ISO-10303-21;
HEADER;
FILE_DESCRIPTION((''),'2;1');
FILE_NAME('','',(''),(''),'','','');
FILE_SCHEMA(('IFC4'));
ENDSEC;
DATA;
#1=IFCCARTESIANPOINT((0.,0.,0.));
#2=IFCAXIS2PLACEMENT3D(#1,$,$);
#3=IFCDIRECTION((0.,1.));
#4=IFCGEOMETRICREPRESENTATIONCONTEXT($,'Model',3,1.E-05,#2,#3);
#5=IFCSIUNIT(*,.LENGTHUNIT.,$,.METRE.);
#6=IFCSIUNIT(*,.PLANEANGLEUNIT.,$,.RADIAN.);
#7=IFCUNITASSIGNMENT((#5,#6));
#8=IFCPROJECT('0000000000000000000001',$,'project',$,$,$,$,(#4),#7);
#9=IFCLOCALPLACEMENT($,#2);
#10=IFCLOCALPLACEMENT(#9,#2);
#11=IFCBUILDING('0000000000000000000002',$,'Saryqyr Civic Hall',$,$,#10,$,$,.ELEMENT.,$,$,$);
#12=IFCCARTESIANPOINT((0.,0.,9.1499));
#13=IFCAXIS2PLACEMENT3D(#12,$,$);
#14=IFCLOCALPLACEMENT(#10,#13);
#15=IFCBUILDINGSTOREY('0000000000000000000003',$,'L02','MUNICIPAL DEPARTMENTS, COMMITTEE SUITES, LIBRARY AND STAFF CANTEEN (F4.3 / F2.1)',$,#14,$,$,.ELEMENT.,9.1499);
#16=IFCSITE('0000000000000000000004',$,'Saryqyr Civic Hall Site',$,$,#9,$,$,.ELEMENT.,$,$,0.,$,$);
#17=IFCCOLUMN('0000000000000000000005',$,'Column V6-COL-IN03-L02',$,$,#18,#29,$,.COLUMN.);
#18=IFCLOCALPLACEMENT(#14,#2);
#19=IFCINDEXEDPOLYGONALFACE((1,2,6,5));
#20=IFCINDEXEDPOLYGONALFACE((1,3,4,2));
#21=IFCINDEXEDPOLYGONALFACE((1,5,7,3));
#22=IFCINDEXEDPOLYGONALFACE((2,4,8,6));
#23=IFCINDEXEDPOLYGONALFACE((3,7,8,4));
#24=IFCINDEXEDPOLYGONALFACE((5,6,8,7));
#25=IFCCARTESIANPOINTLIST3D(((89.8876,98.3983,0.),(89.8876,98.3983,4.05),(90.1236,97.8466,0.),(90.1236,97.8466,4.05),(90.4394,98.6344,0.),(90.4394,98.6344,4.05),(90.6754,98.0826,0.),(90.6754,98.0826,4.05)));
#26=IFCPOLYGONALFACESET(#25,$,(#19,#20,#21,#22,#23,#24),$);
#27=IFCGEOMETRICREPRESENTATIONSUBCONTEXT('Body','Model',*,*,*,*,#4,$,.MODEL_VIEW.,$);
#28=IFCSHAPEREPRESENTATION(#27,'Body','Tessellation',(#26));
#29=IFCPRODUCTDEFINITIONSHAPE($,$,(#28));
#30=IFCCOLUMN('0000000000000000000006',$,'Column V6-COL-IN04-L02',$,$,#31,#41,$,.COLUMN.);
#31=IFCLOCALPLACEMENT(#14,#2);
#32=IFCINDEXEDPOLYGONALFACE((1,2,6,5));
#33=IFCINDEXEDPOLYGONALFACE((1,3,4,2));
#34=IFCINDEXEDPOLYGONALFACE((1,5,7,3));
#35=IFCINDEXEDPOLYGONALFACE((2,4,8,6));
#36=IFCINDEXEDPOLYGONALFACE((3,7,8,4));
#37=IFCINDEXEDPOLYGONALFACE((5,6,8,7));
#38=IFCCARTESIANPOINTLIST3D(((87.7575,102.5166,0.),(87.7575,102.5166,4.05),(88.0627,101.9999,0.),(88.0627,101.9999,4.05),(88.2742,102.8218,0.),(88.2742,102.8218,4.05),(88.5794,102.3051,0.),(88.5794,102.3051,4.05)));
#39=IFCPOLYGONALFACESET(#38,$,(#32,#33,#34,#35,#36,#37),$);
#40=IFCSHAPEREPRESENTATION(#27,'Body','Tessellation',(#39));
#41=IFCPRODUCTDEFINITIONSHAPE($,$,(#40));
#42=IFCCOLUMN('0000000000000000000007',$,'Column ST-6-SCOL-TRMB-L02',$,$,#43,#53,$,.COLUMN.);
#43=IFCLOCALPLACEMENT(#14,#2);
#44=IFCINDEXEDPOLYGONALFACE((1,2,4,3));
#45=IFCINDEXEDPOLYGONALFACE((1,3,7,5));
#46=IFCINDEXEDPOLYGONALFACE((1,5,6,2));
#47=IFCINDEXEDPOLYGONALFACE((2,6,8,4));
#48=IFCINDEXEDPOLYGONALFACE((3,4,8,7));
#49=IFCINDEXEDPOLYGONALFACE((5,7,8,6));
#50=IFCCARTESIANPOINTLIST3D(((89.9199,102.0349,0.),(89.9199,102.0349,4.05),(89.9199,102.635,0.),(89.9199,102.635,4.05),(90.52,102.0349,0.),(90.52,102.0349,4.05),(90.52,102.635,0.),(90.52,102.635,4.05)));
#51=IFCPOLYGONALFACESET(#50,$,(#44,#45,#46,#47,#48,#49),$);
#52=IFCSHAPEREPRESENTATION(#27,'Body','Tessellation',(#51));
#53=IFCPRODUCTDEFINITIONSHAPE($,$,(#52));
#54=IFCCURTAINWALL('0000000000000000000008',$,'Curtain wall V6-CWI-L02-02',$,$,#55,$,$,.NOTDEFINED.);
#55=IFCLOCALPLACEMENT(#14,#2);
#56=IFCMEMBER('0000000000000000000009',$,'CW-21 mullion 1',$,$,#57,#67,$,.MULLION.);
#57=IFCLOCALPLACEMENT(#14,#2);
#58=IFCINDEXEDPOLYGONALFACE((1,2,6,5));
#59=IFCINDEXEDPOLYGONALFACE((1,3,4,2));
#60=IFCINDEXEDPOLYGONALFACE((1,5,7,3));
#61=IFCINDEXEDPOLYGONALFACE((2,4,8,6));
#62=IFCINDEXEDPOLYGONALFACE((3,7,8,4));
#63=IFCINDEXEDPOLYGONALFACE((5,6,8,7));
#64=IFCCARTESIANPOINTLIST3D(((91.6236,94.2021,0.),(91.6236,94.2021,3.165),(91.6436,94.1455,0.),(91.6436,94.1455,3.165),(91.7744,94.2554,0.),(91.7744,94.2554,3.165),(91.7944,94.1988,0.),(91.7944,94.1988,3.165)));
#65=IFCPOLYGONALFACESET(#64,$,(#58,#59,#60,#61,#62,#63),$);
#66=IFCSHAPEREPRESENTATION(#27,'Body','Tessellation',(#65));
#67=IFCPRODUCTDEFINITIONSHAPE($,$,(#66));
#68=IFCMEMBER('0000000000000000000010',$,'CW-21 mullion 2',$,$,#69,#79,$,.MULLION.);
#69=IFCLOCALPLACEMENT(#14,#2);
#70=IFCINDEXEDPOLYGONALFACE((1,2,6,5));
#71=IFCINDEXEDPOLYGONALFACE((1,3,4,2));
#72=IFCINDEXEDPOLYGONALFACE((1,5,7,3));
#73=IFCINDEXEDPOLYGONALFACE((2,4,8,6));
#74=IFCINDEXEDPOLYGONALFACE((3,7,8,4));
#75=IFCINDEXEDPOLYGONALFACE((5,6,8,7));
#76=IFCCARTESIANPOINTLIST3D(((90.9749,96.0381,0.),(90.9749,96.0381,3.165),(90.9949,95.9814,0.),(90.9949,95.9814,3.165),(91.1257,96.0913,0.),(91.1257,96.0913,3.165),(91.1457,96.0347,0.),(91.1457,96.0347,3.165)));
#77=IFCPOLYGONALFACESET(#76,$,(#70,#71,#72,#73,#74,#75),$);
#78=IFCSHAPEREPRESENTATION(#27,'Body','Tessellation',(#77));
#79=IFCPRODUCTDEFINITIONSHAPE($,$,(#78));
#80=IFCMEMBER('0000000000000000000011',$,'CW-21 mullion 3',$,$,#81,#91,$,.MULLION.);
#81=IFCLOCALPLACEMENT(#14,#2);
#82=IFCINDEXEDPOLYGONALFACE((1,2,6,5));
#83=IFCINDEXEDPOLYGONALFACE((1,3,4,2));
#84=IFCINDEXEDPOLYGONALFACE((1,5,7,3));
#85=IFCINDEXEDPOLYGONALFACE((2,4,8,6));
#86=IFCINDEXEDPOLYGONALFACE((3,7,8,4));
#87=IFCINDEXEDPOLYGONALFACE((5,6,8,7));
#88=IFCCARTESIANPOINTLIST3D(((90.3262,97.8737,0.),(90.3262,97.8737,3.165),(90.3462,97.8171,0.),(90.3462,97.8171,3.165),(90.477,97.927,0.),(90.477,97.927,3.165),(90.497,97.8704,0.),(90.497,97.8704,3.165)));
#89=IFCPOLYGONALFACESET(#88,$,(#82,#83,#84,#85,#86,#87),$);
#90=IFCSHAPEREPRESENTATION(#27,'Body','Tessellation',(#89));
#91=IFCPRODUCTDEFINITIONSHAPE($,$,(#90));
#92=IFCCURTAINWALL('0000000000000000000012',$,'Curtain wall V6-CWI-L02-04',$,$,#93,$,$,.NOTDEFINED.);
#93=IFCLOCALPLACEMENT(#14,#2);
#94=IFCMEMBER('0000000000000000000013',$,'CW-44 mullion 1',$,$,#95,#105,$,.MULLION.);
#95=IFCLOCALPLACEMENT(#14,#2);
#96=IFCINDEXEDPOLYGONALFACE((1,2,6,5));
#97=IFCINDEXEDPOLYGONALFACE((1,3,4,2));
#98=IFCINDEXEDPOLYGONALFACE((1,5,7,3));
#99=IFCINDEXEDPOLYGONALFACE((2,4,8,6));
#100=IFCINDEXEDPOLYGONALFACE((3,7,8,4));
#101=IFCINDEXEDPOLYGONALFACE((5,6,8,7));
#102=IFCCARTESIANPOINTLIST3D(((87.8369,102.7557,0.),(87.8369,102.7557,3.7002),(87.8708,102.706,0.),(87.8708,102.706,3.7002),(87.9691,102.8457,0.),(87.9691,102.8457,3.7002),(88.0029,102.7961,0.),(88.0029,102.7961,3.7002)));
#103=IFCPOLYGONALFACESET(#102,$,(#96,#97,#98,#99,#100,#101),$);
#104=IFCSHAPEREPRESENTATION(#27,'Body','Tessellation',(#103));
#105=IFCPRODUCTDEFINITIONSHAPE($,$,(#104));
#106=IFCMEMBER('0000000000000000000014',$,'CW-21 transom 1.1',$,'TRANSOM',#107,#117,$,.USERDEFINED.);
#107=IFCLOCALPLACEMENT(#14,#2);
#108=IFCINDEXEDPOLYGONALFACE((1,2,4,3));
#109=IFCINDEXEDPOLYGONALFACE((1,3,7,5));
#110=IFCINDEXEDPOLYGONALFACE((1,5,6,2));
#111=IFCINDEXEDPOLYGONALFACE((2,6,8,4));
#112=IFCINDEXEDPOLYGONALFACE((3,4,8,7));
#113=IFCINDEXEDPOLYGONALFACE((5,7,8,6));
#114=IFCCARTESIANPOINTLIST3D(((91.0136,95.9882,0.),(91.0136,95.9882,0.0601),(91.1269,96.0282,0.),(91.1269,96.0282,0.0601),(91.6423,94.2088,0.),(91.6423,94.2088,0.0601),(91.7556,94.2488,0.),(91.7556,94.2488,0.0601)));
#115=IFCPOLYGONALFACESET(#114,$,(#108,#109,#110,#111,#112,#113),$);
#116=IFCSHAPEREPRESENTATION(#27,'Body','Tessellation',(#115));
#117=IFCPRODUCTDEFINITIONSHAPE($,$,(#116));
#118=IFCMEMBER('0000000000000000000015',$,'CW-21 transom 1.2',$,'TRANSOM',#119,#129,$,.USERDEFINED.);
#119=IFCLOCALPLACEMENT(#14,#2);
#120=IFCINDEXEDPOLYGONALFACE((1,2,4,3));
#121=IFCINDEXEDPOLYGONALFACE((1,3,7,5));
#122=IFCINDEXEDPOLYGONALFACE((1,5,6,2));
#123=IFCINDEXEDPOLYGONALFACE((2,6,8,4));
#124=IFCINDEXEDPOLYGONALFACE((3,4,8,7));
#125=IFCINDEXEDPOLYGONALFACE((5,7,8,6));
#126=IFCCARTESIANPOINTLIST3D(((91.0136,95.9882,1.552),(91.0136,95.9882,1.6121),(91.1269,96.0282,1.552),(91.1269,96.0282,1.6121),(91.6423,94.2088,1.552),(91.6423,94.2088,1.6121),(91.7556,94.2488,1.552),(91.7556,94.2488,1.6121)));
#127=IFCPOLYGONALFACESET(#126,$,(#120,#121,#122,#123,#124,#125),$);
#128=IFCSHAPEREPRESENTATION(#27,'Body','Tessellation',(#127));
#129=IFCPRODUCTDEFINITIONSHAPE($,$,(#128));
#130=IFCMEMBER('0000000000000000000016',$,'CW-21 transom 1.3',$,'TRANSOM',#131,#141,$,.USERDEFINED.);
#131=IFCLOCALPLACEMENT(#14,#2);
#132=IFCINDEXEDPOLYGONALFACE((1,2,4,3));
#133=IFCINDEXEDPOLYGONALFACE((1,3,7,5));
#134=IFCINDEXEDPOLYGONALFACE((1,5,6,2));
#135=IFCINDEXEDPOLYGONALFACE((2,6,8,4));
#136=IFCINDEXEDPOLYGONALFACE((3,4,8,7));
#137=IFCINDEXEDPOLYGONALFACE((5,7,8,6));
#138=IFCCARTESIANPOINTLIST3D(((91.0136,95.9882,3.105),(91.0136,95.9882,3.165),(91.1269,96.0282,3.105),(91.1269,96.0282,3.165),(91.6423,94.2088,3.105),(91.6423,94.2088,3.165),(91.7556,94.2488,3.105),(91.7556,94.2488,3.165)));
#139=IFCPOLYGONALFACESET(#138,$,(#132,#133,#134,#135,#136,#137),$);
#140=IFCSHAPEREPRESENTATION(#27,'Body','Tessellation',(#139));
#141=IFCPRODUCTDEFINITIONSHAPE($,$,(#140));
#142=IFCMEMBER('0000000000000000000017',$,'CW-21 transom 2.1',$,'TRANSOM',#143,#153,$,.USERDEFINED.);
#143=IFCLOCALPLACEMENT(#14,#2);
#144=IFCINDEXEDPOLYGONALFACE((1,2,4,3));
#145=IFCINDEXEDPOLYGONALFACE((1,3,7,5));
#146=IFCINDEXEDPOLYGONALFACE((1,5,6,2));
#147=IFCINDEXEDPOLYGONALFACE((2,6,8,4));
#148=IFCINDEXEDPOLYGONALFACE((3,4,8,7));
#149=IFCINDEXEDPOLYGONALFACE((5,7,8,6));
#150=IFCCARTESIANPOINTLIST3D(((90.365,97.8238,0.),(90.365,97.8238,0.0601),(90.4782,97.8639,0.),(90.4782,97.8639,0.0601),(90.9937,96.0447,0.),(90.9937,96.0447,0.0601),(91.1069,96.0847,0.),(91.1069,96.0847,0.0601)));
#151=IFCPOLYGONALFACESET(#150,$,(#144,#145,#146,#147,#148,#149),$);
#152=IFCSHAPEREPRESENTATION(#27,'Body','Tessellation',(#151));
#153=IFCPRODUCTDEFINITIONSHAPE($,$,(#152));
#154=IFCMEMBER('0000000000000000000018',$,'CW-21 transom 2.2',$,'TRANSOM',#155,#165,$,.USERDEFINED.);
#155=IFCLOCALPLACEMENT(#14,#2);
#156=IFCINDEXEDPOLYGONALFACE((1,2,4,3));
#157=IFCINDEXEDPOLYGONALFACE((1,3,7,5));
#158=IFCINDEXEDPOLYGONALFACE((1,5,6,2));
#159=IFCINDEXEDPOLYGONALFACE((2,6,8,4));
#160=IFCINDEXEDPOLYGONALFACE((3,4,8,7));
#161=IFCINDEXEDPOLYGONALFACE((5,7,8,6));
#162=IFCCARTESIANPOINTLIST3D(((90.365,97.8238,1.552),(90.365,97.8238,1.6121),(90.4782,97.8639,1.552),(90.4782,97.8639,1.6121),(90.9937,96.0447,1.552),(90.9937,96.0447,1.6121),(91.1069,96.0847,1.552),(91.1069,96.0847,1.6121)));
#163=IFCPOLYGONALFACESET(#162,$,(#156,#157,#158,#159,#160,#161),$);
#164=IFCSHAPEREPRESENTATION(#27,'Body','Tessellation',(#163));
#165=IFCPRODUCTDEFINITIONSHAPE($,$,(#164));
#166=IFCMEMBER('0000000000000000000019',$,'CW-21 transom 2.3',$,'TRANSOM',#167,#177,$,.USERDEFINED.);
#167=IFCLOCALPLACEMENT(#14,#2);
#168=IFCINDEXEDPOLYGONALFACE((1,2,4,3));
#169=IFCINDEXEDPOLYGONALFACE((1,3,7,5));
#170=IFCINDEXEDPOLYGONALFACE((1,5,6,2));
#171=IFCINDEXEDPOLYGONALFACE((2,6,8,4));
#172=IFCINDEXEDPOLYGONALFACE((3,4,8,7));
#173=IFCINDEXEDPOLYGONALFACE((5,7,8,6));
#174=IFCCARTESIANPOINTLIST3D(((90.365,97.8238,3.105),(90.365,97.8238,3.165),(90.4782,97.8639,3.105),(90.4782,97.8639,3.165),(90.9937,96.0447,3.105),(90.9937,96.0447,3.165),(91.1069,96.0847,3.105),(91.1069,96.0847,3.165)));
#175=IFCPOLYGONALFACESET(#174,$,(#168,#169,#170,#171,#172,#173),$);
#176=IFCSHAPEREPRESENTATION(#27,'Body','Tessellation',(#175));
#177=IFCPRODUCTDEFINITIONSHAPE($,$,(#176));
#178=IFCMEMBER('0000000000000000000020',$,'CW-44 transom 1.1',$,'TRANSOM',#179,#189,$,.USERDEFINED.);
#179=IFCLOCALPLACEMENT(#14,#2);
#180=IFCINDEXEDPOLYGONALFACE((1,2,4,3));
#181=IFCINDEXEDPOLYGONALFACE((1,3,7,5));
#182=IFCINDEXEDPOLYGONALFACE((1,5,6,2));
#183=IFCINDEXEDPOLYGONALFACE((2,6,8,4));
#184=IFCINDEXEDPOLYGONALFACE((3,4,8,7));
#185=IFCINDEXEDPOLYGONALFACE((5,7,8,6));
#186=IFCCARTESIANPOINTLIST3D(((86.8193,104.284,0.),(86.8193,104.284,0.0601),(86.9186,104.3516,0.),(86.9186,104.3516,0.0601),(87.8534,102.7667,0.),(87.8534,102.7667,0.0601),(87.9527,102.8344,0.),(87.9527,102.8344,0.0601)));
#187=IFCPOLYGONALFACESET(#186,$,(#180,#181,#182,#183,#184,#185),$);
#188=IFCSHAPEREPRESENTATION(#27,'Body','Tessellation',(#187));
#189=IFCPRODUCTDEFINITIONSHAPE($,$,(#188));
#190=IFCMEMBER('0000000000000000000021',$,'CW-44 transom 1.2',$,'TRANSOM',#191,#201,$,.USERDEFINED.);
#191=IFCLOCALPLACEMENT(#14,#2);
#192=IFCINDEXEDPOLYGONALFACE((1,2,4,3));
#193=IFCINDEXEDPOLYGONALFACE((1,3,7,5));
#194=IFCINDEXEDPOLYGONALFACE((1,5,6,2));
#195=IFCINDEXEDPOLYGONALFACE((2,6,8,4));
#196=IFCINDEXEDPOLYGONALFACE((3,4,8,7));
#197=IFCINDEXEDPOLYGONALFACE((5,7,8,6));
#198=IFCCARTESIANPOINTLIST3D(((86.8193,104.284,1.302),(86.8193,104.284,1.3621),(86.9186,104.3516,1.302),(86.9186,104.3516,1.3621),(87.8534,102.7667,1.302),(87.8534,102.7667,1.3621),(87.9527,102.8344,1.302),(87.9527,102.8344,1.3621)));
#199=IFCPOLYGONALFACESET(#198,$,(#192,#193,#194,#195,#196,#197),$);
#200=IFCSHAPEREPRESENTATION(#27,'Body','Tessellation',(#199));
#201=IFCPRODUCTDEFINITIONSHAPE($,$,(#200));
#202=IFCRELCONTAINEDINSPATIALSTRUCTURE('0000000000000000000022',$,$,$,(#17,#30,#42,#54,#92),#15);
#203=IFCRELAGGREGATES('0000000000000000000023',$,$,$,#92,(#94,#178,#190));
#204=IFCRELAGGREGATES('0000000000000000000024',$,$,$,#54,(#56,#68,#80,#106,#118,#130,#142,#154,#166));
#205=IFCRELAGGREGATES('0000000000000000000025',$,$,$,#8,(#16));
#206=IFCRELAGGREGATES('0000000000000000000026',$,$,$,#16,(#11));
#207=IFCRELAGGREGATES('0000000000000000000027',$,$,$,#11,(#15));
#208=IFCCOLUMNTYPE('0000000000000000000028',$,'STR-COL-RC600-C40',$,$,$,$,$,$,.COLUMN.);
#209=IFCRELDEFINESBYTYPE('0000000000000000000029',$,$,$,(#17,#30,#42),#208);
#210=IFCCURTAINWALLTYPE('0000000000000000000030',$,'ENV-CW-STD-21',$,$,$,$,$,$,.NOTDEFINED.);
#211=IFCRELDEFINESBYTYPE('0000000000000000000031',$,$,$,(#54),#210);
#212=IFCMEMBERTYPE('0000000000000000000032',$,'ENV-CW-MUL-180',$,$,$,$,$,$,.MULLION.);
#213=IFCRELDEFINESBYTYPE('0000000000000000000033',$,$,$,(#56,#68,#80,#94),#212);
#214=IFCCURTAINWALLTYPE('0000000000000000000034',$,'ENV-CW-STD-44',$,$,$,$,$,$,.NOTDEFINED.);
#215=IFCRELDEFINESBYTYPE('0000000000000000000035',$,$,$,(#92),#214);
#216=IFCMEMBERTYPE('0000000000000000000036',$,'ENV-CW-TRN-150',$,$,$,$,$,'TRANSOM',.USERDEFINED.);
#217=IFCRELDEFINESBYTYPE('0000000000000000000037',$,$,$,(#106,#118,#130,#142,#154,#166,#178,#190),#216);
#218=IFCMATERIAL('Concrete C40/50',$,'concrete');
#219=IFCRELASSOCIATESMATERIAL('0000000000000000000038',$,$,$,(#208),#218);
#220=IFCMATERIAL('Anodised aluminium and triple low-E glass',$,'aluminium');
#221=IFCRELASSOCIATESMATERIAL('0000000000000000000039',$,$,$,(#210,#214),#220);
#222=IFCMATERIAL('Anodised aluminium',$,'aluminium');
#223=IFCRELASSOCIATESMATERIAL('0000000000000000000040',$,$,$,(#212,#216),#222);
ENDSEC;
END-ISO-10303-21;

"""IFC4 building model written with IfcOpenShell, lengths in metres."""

from ifc_helpers import new_model, si_unit, direction, frame, origin, origin_2d, place, context, subcontext, project, spatial, rectangle, extrude, material, material_profile, profile_set, type_object, element, aggregate, save


model = new_model("IFC4")

# Units and contexts
model_context = context("Model", 3, precision=1e-05, world=origin(), true_north=direction((0.0, 1.0)))
body_context = subcontext(model_context, "Body", "Model", "MODEL_VIEW")
ifc_project = project(units=[si_unit("LENGTHUNIT", "METRE"), si_unit("PLANEANGLEUNIT", "RADIAN")], contexts=[model_context])

# Site, building, storey
site_placement = place(None, origin())
site = spatial("IfcSite", under=ifc_project, at=site_placement, Name="Saryqyr Civic Hall Site", CompositionType="ELEMENT", RefElevation=0.0)
building_placement = place(site_placement, origin())
building = spatial("IfcBuilding", under=site, at=building_placement, Name="Saryqyr Civic Hall", CompositionType="ELEMENT")
storey_placement = place(building_placement, frame((0.0, 0.0, 9.1499)))
storey = spatial("IfcBuildingStorey", under=building, at=storey_placement, Name="L02", Description="MUNICIPAL DEPARTMENTS, COMMITTEE SUITES, LIBRARY AND STAFF CANTEEN (F4.3 / F2.1)", CompositionType="ELEMENT", Elevation=9.1499)

# Columns
ifc_material_1 = material(Name="Concrete C40/50", Category="concrete")
ifc_material_profile_1 = material_profile(ifc_material_1, rectangle(XDim=0.6001, YDim=0.6001, at=origin_2d()), Name="RC 600x600")
ifc_profile_set_1 = profile_set([ifc_material_profile_1], Name="Concrete C40/50")
column_type = type_object("IfcColumnType", Name="STR-COL-RC600-C40", PredefinedType="COLUMN", material=ifc_profile_set_1)
for number, where, z_axis, x_axis, name in (
    (1, (90.2815, 98.2405, 0.0), (0.0, 0.0, 1.0), (0.91941, 0.3933, 0.0), "Column V6-COL-IN03-L02"),
    (2, (88.1685, 102.4109, 0.0), (0.0, 0.0, 1.0), (0.861008, 0.508591, 0.0), "Column V6-COL-IN04-L02"),
    (3, (90.22, 102.335, 0.0), (0.0, 0.0, 1.0), (1.0, 0.0, 0.0), "Column ST-6-SCOL-TRMB-L02"),
):
    element("IfcColumn", number, at=place(storey_placement, frame(where, z_axis=z_axis, x_axis=x_axis)), inside=storey, type_object=column_type, Name=name, PredefinedType="COLUMN", context=body_context, shape_type="SweptSolid", body=[
        extrude(rectangle(XDim=0.6001, YDim=0.6001, at=origin_2d()), origin(), (0.0, 0.0, 1.0), 4.05),
    ])

# Curtain wall, members
ifc_material_2 = material(Name="Anodised aluminium and triple low-E glass", Category="aluminium")
curtain_wall_type_1 = type_object("IfcCurtainWallType", Name="ENV-CW-STD-21", PredefinedType="NOTDEFINED", material=ifc_material_2)
curtain_wall_1_placement = place(storey_placement, origin())
curtain_wall_1 = element("IfcCurtainWall", 4, at=curtain_wall_1_placement, inside=storey, type_object=curtain_wall_type_1, Name="Curtain wall V6-CWI-L02-02", PredefinedType="NOTDEFINED")
ifc_material_3 = material(Name="Anodised aluminium", Category="aluminium")
ifc_material_profile_2 = material_profile(ifc_material_3, rectangle(XDim=0.0601, YDim=0.1599, at=origin_2d()), Name="ALU MULLION 60x160")
ifc_profile_set_2 = profile_set([ifc_material_profile_2], Name="Anodised aluminium")
member_type_1 = type_object("IfcMemberType", Name="ENV-CW-MUL-180", PredefinedType="MULLION", material=ifc_profile_set_2)
member_1_placement = place(storey_placement, frame((91.709, 94.2004, 0.0), z_axis=(0.0, 0.0, 1.0), x_axis=(-0.333172, 0.942866, 0.0)))
member_1 = element("IfcMember", 5, at=member_1_placement, type_object=member_type_1, Name="CW-21 mullion 1", PredefinedType="MULLION", context=body_context, shape_type="SweptSolid", body=[
    extrude(rectangle(XDim=0.0601, YDim=0.1599, at=origin_2d()), origin(), (0.0, 0.0, 1.0), 3.165),
])
member_2_placement = place(storey_placement, frame((91.0603, 96.0364, 0.0), z_axis=(0.0, 0.0, 1.0), x_axis=(-0.333172, 0.942866, 0.0)))
member_2 = element("IfcMember", 6, at=member_2_placement, type_object=member_type_1, Name="CW-21 mullion 2", PredefinedType="MULLION", context=body_context, shape_type="SweptSolid", body=[
    extrude(rectangle(XDim=0.0601, YDim=0.1599, at=origin_2d()), origin(), (0.0, 0.0, 1.0), 3.165),
])
member_3_placement = place(storey_placement, frame((90.4116, 97.8721, 0.0), z_axis=(0.0, 0.0, 1.0), x_axis=(-0.333172, 0.942866, 0.0)))
member_3 = element("IfcMember", 7, at=member_3_placement, type_object=member_type_1, Name="CW-21 mullion 3", PredefinedType="MULLION", context=body_context, shape_type="SweptSolid", body=[
    extrude(rectangle(XDim=0.0601, YDim=0.1599, at=origin_2d()), origin(), (0.0, 0.0, 1.0), 3.165),
])

# Curtain wall, member
curtain_wall_type_2 = type_object("IfcCurtainWallType", Name="ENV-CW-STD-44", PredefinedType="NOTDEFINED", material=ifc_material_2)
curtain_wall_2_placement = place(storey_placement, origin())
curtain_wall_2 = element("IfcCurtainWall", 8, at=curtain_wall_2_placement, inside=storey, type_object=curtain_wall_type_2, Name="Curtain wall V6-CWI-L02-04", PredefinedType="NOTDEFINED")
member_4_placement = place(storey_placement, frame((87.9199, 102.7759, 0.0), z_axis=(0.0, 0.0, 1.0), x_axis=(-0.56313, 0.826368, 0.0)))
member_4 = element("IfcMember", 9, at=member_4_placement, type_object=member_type_1, Name="CW-44 mullion 1", PredefinedType="MULLION", context=body_context, shape_type="SweptSolid", body=[
    extrude(rectangle(XDim=0.0601, YDim=0.1599, at=origin_2d()), origin(), (0.0, 0.0, 1.0), 3.7002),
])

# Members
ifc_material_profile_3 = material_profile(ifc_material_3, rectangle(XDim=0.1201, YDim=0.0601, at=origin_2d()), Name="ALU TRANSOM 120x60")
ifc_profile_set_3 = profile_set([ifc_material_profile_3], Name="Anodised aluminium")
member_type_2 = type_object("IfcMemberType", Name="ENV-CW-TRN-150", ElementType="TRANSOM", PredefinedType="USERDEFINED", material=ifc_profile_set_3)
member_5_placement = place(storey_placement, frame((91.699, 94.2288, 0.03), z_axis=(-0.333138, 0.942878, 0.0), x_axis=(-0.942878, -0.333138, 0.0)))
member_5 = element("IfcMember", 10, at=member_5_placement, type_object=member_type_2, Name="CW-21 transom 1.1", ObjectType="TRANSOM", PredefinedType="USERDEFINED", context=body_context, shape_type="SweptSolid", body=[
    extrude(rectangle(XDim=0.1201, YDim=0.0601, at=origin_2d()), origin(), (0.0, 0.0, 1.0), 1.8872),
])
member_6_placement = place(storey_placement, frame((91.699, 94.2288, 1.582), z_axis=(-0.333138, 0.942878, 0.0), x_axis=(-0.942878, -0.333138, 0.0)))
member_6 = element("IfcMember", 11, at=member_6_placement, type_object=member_type_2, Name="CW-21 transom 1.2", ObjectType="TRANSOM", PredefinedType="USERDEFINED", context=body_context, shape_type="SweptSolid", body=[
    extrude(rectangle(XDim=0.1201, YDim=0.0601, at=origin_2d()), origin(), (0.0, 0.0, 1.0), 1.8872),
])
member_7_placement = place(storey_placement, frame((91.699, 94.2288, 3.135), z_axis=(-0.333138, 0.942878, 0.0), x_axis=(-0.942878, -0.333138, 0.0)))
member_7 = element("IfcMember", 12, at=member_7_placement, type_object=member_type_2, Name="CW-21 transom 1.3", ObjectType="TRANSOM", PredefinedType="USERDEFINED", context=body_context, shape_type="SweptSolid", body=[
    extrude(rectangle(XDim=0.1201, YDim=0.0601, at=origin_2d()), origin(), (0.0, 0.0, 1.0), 1.8872),
])
member_8_placement = place(storey_placement, frame((91.0503, 96.0647, 0.03), z_axis=(-0.333179, 0.942864, 0.0), x_axis=(-0.942864, -0.333179, 0.0)))
member_8 = element("IfcMember", 13, at=member_8_placement, type_object=member_type_2, Name="CW-21 transom 2.1", ObjectType="TRANSOM", PredefinedType="USERDEFINED", context=body_context, shape_type="SweptSolid", body=[
    extrude(rectangle(XDim=0.1201, YDim=0.0601, at=origin_2d()), origin(), (0.0, 0.0, 1.0), 1.887),
])
member_9_placement = place(storey_placement, frame((91.0503, 96.0647, 1.582), z_axis=(-0.333179, 0.942864, 0.0), x_axis=(-0.942864, -0.333179, 0.0)))
member_9 = element("IfcMember", 14, at=member_9_placement, type_object=member_type_2, Name="CW-21 transom 2.2", ObjectType="TRANSOM", PredefinedType="USERDEFINED", context=body_context, shape_type="SweptSolid", body=[
    extrude(rectangle(XDim=0.1201, YDim=0.0601, at=origin_2d()), origin(), (0.0, 0.0, 1.0), 1.887),
])
member_10_placement = place(storey_placement, frame((91.0503, 96.0647, 3.135), z_axis=(-0.333179, 0.942864, 0.0), x_axis=(-0.942864, -0.333179, 0.0)))
member_10 = element("IfcMember", 15, at=member_10_placement, type_object=member_type_2, Name="CW-21 transom 2.3", ObjectType="TRANSOM", PredefinedType="USERDEFINED", context=body_context, shape_type="SweptSolid", body=[
    extrude(rectangle(XDim=0.1201, YDim=0.0601, at=origin_2d()), origin(), (0.0, 0.0, 1.0), 1.887),
])
member_11_placement = place(storey_placement, frame((87.9031, 102.8005, 0.03), z_axis=(-0.563201, 0.82632, 0.0), x_axis=(-0.82632, -0.563201, 0.0)))
member_11 = element("IfcMember", 16, at=member_11_placement, type_object=member_type_2, Name="CW-44 transom 1.1", ObjectType="TRANSOM", PredefinedType="USERDEFINED", context=body_context, shape_type="SweptSolid", body=[
    extrude(rectangle(XDim=0.1201, YDim=0.0601, at=origin_2d()), origin(), (0.0, 0.0, 1.0), 1.8362),
])
member_12_placement = place(storey_placement, frame((87.9031, 102.8005, 1.332), z_axis=(-0.563201, 0.82632, 0.0), x_axis=(-0.82632, -0.563201, 0.0)))
member_12 = element("IfcMember", 17, at=member_12_placement, type_object=member_type_2, Name="CW-44 transom 1.2", ObjectType="TRANSOM", PredefinedType="USERDEFINED", context=body_context, shape_type="SweptSolid", body=[
    extrude(rectangle(XDim=0.1201, YDim=0.0601, at=origin_2d()), origin(), (0.0, 0.0, 1.0), 1.8362),
])
aggregate(curtain_wall_2, [member_4, member_11, member_12])

aggregate(curtain_wall_1, [member_1, member_2, member_3, member_5, member_6, member_7, member_8, member_9, member_10])

save(model, "model.ifc")
